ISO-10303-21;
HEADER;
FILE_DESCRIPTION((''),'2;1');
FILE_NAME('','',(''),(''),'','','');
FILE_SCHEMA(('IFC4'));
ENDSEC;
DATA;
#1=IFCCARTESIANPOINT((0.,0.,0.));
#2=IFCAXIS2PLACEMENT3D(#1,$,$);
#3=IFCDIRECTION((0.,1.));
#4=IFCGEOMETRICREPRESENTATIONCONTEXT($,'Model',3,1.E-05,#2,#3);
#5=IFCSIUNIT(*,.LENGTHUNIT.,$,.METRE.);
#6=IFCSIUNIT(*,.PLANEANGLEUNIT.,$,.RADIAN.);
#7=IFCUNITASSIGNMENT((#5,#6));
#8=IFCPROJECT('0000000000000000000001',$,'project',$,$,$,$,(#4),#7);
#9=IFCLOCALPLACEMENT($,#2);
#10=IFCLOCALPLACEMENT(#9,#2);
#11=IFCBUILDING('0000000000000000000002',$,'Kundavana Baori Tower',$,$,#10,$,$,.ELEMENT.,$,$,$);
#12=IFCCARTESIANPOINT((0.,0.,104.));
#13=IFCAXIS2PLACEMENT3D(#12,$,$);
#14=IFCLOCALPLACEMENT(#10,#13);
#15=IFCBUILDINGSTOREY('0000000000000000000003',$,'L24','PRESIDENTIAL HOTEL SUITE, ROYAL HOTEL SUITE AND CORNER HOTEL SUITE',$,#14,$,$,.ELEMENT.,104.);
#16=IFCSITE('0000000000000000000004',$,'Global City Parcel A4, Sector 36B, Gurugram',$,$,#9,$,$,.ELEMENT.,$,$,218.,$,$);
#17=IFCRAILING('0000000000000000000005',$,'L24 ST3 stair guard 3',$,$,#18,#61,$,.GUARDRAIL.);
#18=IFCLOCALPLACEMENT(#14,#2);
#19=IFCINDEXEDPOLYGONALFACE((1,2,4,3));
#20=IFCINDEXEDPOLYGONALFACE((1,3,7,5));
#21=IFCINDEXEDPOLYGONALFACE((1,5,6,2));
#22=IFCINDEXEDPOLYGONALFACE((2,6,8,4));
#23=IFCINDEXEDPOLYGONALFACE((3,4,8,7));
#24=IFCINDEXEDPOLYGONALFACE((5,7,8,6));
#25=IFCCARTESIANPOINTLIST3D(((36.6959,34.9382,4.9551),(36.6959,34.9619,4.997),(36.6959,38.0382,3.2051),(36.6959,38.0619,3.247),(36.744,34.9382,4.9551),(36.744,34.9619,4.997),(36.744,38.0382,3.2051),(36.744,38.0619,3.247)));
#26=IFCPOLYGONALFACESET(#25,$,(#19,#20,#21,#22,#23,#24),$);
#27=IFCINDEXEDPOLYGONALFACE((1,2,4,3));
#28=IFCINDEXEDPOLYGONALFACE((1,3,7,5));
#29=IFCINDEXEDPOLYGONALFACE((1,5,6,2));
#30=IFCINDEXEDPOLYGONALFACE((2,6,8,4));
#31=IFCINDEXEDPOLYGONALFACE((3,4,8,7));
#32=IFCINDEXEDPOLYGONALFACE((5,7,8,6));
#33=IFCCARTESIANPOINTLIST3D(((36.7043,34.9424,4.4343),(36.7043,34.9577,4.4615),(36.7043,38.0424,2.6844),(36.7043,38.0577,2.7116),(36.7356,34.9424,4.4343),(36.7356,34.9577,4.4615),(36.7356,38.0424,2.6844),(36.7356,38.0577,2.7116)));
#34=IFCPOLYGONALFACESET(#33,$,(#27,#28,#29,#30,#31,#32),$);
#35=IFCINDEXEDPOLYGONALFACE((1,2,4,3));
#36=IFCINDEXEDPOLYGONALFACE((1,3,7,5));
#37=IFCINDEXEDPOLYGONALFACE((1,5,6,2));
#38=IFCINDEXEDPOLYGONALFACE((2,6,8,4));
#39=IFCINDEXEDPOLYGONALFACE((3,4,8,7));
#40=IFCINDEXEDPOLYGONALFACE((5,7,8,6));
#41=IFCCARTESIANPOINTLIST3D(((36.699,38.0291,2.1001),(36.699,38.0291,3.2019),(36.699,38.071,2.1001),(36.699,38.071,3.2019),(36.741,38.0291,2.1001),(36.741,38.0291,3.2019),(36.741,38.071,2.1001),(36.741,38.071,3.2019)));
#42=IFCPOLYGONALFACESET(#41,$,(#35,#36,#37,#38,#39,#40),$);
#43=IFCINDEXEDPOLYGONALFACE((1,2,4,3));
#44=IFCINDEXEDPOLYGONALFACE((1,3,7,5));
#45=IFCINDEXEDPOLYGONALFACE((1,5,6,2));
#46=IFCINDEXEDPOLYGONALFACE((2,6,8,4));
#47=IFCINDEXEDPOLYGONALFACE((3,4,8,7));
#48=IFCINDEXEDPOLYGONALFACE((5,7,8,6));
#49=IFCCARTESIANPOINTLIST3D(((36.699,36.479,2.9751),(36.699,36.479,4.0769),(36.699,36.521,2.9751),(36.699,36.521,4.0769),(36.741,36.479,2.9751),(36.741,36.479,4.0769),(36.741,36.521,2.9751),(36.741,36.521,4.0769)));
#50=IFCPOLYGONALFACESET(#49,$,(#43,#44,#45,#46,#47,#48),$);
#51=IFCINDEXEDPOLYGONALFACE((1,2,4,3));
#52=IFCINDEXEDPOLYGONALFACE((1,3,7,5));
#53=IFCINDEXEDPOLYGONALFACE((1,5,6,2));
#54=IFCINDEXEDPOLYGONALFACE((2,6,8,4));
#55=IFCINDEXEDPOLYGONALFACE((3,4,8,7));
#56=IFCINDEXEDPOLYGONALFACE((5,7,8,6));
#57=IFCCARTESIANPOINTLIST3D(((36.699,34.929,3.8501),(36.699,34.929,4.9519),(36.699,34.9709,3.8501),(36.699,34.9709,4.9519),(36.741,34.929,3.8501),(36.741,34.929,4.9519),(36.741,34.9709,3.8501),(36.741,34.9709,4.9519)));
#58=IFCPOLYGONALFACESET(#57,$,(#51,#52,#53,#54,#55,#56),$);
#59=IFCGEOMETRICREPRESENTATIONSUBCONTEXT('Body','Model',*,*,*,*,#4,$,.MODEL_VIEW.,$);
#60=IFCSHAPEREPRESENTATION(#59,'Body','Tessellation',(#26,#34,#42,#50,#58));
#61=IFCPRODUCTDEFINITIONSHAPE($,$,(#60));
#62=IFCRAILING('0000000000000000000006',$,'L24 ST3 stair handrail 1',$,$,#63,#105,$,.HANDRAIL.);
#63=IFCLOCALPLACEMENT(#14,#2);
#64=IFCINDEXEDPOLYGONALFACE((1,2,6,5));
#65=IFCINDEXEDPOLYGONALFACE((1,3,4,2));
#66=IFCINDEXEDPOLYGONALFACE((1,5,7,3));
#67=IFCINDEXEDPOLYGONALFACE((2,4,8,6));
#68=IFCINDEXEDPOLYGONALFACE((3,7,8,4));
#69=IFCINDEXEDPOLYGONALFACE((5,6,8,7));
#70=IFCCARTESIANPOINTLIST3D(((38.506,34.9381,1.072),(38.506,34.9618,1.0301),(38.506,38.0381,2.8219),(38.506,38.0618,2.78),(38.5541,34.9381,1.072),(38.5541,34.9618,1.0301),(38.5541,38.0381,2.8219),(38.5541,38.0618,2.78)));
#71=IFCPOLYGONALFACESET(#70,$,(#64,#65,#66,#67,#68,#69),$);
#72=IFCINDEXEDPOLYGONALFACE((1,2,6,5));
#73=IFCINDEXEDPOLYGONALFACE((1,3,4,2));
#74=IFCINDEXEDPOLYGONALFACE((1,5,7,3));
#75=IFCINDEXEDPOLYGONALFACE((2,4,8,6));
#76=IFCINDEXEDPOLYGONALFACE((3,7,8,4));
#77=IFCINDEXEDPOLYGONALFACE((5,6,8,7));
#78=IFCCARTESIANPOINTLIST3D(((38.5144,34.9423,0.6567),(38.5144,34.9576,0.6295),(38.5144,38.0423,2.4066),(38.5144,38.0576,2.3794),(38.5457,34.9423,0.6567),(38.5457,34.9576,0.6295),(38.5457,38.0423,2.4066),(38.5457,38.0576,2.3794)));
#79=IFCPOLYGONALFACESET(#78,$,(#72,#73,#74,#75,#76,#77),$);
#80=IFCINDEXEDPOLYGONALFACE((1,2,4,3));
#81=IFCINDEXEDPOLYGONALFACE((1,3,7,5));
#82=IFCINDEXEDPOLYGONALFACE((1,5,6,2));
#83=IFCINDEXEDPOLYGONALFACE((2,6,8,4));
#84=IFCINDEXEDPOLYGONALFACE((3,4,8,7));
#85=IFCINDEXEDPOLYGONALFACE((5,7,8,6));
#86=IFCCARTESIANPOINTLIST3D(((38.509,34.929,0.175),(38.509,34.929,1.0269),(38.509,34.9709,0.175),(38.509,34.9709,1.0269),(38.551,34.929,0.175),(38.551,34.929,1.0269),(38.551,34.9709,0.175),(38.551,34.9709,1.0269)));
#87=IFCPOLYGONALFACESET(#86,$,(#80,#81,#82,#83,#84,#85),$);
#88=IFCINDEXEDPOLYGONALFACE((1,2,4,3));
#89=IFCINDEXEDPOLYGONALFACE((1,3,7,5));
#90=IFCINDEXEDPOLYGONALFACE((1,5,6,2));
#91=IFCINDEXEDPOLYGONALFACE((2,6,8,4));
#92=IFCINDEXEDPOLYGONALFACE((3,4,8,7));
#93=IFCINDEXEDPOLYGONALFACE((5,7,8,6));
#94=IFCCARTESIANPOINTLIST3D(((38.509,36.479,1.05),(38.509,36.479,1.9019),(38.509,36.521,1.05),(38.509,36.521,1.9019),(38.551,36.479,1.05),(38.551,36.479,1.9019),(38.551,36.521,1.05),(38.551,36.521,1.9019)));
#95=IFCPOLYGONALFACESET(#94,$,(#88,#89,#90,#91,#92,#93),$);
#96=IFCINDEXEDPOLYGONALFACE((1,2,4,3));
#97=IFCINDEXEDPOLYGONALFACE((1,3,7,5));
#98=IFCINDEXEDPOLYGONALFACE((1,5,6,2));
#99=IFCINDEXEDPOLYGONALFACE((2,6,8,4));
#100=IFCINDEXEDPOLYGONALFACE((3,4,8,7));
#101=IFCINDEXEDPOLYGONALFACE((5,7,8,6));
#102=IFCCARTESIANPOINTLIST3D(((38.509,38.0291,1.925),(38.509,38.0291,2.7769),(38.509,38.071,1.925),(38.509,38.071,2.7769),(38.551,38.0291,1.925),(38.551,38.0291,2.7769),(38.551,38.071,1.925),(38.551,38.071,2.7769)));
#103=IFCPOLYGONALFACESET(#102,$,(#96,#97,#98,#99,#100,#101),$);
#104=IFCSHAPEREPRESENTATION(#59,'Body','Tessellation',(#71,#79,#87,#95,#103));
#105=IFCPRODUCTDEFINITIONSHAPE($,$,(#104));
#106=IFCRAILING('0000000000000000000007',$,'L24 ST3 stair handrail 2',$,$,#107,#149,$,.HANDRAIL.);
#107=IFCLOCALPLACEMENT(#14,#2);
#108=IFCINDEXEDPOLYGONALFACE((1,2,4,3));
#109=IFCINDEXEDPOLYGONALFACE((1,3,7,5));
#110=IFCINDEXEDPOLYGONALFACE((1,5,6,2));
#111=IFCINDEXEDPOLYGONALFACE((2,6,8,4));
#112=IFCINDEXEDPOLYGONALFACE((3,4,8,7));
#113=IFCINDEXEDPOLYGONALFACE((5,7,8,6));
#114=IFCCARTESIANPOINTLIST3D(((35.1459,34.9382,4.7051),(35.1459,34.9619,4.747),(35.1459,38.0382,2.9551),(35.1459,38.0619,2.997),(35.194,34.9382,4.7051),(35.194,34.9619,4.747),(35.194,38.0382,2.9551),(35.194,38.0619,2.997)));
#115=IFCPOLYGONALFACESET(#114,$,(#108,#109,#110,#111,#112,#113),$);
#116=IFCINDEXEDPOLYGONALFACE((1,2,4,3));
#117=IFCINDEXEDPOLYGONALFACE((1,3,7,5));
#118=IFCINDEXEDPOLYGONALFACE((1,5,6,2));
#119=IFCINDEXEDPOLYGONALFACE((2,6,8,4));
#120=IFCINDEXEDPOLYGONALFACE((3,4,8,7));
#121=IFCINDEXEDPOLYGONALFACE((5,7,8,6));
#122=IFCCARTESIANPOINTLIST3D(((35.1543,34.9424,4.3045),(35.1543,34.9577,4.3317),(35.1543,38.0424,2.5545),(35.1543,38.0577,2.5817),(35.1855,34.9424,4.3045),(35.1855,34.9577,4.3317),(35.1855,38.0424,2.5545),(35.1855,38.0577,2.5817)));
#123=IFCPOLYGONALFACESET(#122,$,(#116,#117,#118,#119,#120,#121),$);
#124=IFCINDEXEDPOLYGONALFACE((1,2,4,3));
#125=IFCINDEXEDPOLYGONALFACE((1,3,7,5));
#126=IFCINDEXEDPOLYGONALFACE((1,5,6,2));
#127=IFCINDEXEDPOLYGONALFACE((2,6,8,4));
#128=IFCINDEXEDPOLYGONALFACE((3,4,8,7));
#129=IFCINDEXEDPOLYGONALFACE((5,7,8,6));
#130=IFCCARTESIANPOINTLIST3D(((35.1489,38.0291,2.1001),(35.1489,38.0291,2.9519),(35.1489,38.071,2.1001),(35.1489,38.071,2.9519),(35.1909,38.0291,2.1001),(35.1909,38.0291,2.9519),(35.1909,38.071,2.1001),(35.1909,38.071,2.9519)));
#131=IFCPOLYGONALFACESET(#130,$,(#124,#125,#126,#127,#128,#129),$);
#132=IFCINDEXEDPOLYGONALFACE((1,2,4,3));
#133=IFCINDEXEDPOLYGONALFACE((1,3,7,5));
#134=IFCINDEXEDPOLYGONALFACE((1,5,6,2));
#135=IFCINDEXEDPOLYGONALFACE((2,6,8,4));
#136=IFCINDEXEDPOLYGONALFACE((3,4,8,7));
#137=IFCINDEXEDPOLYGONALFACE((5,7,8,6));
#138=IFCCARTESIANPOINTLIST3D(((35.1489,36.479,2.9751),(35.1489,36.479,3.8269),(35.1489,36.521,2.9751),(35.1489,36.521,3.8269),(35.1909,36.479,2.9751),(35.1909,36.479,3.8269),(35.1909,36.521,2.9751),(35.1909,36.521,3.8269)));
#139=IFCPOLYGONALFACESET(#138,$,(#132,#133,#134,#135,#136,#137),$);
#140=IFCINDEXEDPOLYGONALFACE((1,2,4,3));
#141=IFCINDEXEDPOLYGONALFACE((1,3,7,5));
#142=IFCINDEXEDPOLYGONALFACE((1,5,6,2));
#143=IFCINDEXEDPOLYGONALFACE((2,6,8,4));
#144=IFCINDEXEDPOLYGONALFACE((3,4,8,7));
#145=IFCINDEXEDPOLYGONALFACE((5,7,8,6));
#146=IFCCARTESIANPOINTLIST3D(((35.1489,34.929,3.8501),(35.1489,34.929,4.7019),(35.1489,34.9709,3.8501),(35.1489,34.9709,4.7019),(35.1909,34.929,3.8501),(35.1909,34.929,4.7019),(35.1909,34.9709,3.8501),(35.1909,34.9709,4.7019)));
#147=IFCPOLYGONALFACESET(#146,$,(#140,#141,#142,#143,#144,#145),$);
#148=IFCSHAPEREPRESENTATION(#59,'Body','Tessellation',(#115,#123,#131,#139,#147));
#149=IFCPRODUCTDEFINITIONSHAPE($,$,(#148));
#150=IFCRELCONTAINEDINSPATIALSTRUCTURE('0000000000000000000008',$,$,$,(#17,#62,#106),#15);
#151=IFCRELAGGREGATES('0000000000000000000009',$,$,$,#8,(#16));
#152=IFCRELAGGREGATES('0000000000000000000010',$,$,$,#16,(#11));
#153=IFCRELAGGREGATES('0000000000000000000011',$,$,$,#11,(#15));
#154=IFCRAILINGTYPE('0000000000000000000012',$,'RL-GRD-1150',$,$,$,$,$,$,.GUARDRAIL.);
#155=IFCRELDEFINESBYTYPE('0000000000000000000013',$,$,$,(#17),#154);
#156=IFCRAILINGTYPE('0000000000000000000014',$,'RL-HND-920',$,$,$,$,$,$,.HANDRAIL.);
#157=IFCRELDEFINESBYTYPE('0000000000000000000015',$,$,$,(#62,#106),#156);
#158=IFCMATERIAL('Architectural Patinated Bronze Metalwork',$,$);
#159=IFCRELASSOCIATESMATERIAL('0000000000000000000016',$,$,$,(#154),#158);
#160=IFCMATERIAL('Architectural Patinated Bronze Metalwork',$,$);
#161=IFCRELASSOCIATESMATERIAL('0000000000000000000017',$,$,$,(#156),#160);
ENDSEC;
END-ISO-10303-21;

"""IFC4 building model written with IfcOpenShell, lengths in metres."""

from ifc_helpers import new_model, si_unit, direction, frame, origin, origin_2d, place, context, subcontext, project, spatial, rectangle, extrude, material, type_object, element, save


model = new_model("IFC4")

# Units and contexts
model_context = context("Model", 3, precision=1e-05, world=origin(), true_north=direction((0.0, 1.0)))
body_context = subcontext(model_context, "Body", "Model", "MODEL_VIEW")
ifc_project = project(units=[si_unit("LENGTHUNIT", "METRE"), si_unit("PLANEANGLEUNIT", "RADIAN")], contexts=[model_context])

# Site, building, storey
site_placement = place(None, origin())
site = spatial("IfcSite", under=ifc_project, at=site_placement, Name="Global City Parcel A4, Sector 36B, Gurugram", CompositionType="ELEMENT", RefElevation=218.0)
building_placement = place(site_placement, origin())
building = spatial("IfcBuilding", under=site, at=building_placement, Name="Kundavana Baori Tower", CompositionType="ELEMENT")
storey_placement = place(building_placement, frame((0.0, 0.0, 104.0)))
storey = spatial("IfcBuildingStorey", under=building, at=storey_placement, Name="L24", Description="PRESIDENTIAL HOTEL SUITE, ROYAL HOTEL SUITE AND CORNER HOTEL SUITE", CompositionType="ELEMENT", Elevation=104.0)

# Railings
ifc_material_1 = material(Name="Architectural Patinated Bronze Metalwork")
railing_type_1 = type_object("IfcRailingType", Name="RL-GRD-1150", PredefinedType="GUARDRAIL", material=ifc_material_1)
railing_1_placement = place(storey_placement, frame((36.72, 38.05, 2.1001)))
element("IfcRailing", 1, at=railing_1_placement, inside=storey, type_object=railing_type_1, Name="L24 ST3 stair guard 3", PredefinedType="GUARDRAIL", context=body_context, shape_type="SweptSolid", body=[
    extrude(rectangle(XDim=0.0481, YDim=0.0481, at=origin_2d()), frame((0.0, 0.0, 1.126), z_axis=(0.0, -0.870831, 0.491583), x_axis=(1.0, 0.0, 0.0)), (0.0, 0.0, 1.0), 3.5598),
    extrude(rectangle(XDim=0.0312, YDim=0.0312, at=origin_2d()), frame((0.0, 0.0, 0.5979), z_axis=(0.0, -0.870831, 0.491583), x_axis=(1.0, 0.0, 0.0)), (0.0, 0.0, 1.0), 3.5598),
    extrude(rectangle(XDim=0.042, YDim=0.042, at=origin_2d()), origin(), (0.0, 0.0, 1.0), 1.1018),
    extrude(rectangle(XDim=0.042, YDim=0.042, at=origin_2d()), frame((0.0, -1.55, 0.875)), (0.0, 0.0, 1.0), 1.1018),
    extrude(rectangle(XDim=0.042, YDim=0.042, at=origin_2d()), frame((0.0, -3.1001, 1.75)), (0.0, 0.0, 1.0), 1.1018),
])
ifc_material_2 = material(Name="Architectural Patinated Bronze Metalwork")
railing_type_2 = type_object("IfcRailingType", Name="RL-HND-920", PredefinedType="HANDRAIL", material=ifc_material_2)
railing_2_placement = place(storey_placement, frame((38.53, 34.95, 0.175)))
element("IfcRailing", 2, at=railing_2_placement, inside=storey, type_object=railing_type_2, Name="L24 ST3 stair handrail 1", PredefinedType="HANDRAIL", context=body_context, shape_type="SweptSolid", body=[
    extrude(rectangle(XDim=0.0481, YDim=0.0481, at=origin_2d()), frame((0.0, 0.0, 0.876), z_axis=(0.0, 0.870831, 0.491583), x_axis=(-1.0, 0.0, 0.0)), (0.0, 0.0, 1.0), 3.5598),
    extrude(rectangle(XDim=0.0312, YDim=0.0312, at=origin_2d()), frame((0.0, 0.0, 0.468), z_axis=(0.0, 0.870831, 0.491583), x_axis=(-1.0, 0.0, 0.0)), (0.0, 0.0, 1.0), 3.5598),
    extrude(rectangle(XDim=0.042, YDim=0.042, at=origin_2d()), origin(), (0.0, 0.0, 1.0), 0.8518),
    extrude(rectangle(XDim=0.042, YDim=0.042, at=origin_2d()), frame((0.0, 1.55, 0.875)), (0.0, 0.0, 1.0), 0.8518),
    extrude(rectangle(XDim=0.042, YDim=0.042, at=origin_2d()), frame((0.0, 3.1001, 1.75)), (0.0, 0.0, 1.0), 0.8518),
])
railing_3_placement = place(storey_placement, frame((35.1699, 38.05, 2.1001)))
element("IfcRailing", 3, at=railing_3_placement, inside=storey, type_object=railing_type_2, Name="L24 ST3 stair handrail 2", PredefinedType="HANDRAIL", context=body_context, shape_type="SweptSolid", body=[
    extrude(rectangle(XDim=0.0481, YDim=0.0481, at=origin_2d()), frame((0.0, 0.0, 0.876), z_axis=(0.0, -0.870831, 0.491583), x_axis=(1.0, 0.0, 0.0)), (0.0, 0.0, 1.0), 3.5598),
    extrude(rectangle(XDim=0.0312, YDim=0.0312, at=origin_2d()), frame((0.0, 0.0, 0.468), z_axis=(0.0, -0.870831, 0.491583), x_axis=(1.0, 0.0, 0.0)), (0.0, 0.0, 1.0), 3.5598),
    extrude(rectangle(XDim=0.042, YDim=0.042, at=origin_2d()), origin(), (0.0, 0.0, 1.0), 0.8518),
    extrude(rectangle(XDim=0.042, YDim=0.042, at=origin_2d()), frame((0.0, -1.55, 0.875)), (0.0, 0.0, 1.0), 0.8518),
    extrude(rectangle(XDim=0.042, YDim=0.042, at=origin_2d()), frame((0.0, -3.1001, 1.75)), (0.0, 0.0, 1.0), 0.8518),
])

save(model, "model.ifc")
